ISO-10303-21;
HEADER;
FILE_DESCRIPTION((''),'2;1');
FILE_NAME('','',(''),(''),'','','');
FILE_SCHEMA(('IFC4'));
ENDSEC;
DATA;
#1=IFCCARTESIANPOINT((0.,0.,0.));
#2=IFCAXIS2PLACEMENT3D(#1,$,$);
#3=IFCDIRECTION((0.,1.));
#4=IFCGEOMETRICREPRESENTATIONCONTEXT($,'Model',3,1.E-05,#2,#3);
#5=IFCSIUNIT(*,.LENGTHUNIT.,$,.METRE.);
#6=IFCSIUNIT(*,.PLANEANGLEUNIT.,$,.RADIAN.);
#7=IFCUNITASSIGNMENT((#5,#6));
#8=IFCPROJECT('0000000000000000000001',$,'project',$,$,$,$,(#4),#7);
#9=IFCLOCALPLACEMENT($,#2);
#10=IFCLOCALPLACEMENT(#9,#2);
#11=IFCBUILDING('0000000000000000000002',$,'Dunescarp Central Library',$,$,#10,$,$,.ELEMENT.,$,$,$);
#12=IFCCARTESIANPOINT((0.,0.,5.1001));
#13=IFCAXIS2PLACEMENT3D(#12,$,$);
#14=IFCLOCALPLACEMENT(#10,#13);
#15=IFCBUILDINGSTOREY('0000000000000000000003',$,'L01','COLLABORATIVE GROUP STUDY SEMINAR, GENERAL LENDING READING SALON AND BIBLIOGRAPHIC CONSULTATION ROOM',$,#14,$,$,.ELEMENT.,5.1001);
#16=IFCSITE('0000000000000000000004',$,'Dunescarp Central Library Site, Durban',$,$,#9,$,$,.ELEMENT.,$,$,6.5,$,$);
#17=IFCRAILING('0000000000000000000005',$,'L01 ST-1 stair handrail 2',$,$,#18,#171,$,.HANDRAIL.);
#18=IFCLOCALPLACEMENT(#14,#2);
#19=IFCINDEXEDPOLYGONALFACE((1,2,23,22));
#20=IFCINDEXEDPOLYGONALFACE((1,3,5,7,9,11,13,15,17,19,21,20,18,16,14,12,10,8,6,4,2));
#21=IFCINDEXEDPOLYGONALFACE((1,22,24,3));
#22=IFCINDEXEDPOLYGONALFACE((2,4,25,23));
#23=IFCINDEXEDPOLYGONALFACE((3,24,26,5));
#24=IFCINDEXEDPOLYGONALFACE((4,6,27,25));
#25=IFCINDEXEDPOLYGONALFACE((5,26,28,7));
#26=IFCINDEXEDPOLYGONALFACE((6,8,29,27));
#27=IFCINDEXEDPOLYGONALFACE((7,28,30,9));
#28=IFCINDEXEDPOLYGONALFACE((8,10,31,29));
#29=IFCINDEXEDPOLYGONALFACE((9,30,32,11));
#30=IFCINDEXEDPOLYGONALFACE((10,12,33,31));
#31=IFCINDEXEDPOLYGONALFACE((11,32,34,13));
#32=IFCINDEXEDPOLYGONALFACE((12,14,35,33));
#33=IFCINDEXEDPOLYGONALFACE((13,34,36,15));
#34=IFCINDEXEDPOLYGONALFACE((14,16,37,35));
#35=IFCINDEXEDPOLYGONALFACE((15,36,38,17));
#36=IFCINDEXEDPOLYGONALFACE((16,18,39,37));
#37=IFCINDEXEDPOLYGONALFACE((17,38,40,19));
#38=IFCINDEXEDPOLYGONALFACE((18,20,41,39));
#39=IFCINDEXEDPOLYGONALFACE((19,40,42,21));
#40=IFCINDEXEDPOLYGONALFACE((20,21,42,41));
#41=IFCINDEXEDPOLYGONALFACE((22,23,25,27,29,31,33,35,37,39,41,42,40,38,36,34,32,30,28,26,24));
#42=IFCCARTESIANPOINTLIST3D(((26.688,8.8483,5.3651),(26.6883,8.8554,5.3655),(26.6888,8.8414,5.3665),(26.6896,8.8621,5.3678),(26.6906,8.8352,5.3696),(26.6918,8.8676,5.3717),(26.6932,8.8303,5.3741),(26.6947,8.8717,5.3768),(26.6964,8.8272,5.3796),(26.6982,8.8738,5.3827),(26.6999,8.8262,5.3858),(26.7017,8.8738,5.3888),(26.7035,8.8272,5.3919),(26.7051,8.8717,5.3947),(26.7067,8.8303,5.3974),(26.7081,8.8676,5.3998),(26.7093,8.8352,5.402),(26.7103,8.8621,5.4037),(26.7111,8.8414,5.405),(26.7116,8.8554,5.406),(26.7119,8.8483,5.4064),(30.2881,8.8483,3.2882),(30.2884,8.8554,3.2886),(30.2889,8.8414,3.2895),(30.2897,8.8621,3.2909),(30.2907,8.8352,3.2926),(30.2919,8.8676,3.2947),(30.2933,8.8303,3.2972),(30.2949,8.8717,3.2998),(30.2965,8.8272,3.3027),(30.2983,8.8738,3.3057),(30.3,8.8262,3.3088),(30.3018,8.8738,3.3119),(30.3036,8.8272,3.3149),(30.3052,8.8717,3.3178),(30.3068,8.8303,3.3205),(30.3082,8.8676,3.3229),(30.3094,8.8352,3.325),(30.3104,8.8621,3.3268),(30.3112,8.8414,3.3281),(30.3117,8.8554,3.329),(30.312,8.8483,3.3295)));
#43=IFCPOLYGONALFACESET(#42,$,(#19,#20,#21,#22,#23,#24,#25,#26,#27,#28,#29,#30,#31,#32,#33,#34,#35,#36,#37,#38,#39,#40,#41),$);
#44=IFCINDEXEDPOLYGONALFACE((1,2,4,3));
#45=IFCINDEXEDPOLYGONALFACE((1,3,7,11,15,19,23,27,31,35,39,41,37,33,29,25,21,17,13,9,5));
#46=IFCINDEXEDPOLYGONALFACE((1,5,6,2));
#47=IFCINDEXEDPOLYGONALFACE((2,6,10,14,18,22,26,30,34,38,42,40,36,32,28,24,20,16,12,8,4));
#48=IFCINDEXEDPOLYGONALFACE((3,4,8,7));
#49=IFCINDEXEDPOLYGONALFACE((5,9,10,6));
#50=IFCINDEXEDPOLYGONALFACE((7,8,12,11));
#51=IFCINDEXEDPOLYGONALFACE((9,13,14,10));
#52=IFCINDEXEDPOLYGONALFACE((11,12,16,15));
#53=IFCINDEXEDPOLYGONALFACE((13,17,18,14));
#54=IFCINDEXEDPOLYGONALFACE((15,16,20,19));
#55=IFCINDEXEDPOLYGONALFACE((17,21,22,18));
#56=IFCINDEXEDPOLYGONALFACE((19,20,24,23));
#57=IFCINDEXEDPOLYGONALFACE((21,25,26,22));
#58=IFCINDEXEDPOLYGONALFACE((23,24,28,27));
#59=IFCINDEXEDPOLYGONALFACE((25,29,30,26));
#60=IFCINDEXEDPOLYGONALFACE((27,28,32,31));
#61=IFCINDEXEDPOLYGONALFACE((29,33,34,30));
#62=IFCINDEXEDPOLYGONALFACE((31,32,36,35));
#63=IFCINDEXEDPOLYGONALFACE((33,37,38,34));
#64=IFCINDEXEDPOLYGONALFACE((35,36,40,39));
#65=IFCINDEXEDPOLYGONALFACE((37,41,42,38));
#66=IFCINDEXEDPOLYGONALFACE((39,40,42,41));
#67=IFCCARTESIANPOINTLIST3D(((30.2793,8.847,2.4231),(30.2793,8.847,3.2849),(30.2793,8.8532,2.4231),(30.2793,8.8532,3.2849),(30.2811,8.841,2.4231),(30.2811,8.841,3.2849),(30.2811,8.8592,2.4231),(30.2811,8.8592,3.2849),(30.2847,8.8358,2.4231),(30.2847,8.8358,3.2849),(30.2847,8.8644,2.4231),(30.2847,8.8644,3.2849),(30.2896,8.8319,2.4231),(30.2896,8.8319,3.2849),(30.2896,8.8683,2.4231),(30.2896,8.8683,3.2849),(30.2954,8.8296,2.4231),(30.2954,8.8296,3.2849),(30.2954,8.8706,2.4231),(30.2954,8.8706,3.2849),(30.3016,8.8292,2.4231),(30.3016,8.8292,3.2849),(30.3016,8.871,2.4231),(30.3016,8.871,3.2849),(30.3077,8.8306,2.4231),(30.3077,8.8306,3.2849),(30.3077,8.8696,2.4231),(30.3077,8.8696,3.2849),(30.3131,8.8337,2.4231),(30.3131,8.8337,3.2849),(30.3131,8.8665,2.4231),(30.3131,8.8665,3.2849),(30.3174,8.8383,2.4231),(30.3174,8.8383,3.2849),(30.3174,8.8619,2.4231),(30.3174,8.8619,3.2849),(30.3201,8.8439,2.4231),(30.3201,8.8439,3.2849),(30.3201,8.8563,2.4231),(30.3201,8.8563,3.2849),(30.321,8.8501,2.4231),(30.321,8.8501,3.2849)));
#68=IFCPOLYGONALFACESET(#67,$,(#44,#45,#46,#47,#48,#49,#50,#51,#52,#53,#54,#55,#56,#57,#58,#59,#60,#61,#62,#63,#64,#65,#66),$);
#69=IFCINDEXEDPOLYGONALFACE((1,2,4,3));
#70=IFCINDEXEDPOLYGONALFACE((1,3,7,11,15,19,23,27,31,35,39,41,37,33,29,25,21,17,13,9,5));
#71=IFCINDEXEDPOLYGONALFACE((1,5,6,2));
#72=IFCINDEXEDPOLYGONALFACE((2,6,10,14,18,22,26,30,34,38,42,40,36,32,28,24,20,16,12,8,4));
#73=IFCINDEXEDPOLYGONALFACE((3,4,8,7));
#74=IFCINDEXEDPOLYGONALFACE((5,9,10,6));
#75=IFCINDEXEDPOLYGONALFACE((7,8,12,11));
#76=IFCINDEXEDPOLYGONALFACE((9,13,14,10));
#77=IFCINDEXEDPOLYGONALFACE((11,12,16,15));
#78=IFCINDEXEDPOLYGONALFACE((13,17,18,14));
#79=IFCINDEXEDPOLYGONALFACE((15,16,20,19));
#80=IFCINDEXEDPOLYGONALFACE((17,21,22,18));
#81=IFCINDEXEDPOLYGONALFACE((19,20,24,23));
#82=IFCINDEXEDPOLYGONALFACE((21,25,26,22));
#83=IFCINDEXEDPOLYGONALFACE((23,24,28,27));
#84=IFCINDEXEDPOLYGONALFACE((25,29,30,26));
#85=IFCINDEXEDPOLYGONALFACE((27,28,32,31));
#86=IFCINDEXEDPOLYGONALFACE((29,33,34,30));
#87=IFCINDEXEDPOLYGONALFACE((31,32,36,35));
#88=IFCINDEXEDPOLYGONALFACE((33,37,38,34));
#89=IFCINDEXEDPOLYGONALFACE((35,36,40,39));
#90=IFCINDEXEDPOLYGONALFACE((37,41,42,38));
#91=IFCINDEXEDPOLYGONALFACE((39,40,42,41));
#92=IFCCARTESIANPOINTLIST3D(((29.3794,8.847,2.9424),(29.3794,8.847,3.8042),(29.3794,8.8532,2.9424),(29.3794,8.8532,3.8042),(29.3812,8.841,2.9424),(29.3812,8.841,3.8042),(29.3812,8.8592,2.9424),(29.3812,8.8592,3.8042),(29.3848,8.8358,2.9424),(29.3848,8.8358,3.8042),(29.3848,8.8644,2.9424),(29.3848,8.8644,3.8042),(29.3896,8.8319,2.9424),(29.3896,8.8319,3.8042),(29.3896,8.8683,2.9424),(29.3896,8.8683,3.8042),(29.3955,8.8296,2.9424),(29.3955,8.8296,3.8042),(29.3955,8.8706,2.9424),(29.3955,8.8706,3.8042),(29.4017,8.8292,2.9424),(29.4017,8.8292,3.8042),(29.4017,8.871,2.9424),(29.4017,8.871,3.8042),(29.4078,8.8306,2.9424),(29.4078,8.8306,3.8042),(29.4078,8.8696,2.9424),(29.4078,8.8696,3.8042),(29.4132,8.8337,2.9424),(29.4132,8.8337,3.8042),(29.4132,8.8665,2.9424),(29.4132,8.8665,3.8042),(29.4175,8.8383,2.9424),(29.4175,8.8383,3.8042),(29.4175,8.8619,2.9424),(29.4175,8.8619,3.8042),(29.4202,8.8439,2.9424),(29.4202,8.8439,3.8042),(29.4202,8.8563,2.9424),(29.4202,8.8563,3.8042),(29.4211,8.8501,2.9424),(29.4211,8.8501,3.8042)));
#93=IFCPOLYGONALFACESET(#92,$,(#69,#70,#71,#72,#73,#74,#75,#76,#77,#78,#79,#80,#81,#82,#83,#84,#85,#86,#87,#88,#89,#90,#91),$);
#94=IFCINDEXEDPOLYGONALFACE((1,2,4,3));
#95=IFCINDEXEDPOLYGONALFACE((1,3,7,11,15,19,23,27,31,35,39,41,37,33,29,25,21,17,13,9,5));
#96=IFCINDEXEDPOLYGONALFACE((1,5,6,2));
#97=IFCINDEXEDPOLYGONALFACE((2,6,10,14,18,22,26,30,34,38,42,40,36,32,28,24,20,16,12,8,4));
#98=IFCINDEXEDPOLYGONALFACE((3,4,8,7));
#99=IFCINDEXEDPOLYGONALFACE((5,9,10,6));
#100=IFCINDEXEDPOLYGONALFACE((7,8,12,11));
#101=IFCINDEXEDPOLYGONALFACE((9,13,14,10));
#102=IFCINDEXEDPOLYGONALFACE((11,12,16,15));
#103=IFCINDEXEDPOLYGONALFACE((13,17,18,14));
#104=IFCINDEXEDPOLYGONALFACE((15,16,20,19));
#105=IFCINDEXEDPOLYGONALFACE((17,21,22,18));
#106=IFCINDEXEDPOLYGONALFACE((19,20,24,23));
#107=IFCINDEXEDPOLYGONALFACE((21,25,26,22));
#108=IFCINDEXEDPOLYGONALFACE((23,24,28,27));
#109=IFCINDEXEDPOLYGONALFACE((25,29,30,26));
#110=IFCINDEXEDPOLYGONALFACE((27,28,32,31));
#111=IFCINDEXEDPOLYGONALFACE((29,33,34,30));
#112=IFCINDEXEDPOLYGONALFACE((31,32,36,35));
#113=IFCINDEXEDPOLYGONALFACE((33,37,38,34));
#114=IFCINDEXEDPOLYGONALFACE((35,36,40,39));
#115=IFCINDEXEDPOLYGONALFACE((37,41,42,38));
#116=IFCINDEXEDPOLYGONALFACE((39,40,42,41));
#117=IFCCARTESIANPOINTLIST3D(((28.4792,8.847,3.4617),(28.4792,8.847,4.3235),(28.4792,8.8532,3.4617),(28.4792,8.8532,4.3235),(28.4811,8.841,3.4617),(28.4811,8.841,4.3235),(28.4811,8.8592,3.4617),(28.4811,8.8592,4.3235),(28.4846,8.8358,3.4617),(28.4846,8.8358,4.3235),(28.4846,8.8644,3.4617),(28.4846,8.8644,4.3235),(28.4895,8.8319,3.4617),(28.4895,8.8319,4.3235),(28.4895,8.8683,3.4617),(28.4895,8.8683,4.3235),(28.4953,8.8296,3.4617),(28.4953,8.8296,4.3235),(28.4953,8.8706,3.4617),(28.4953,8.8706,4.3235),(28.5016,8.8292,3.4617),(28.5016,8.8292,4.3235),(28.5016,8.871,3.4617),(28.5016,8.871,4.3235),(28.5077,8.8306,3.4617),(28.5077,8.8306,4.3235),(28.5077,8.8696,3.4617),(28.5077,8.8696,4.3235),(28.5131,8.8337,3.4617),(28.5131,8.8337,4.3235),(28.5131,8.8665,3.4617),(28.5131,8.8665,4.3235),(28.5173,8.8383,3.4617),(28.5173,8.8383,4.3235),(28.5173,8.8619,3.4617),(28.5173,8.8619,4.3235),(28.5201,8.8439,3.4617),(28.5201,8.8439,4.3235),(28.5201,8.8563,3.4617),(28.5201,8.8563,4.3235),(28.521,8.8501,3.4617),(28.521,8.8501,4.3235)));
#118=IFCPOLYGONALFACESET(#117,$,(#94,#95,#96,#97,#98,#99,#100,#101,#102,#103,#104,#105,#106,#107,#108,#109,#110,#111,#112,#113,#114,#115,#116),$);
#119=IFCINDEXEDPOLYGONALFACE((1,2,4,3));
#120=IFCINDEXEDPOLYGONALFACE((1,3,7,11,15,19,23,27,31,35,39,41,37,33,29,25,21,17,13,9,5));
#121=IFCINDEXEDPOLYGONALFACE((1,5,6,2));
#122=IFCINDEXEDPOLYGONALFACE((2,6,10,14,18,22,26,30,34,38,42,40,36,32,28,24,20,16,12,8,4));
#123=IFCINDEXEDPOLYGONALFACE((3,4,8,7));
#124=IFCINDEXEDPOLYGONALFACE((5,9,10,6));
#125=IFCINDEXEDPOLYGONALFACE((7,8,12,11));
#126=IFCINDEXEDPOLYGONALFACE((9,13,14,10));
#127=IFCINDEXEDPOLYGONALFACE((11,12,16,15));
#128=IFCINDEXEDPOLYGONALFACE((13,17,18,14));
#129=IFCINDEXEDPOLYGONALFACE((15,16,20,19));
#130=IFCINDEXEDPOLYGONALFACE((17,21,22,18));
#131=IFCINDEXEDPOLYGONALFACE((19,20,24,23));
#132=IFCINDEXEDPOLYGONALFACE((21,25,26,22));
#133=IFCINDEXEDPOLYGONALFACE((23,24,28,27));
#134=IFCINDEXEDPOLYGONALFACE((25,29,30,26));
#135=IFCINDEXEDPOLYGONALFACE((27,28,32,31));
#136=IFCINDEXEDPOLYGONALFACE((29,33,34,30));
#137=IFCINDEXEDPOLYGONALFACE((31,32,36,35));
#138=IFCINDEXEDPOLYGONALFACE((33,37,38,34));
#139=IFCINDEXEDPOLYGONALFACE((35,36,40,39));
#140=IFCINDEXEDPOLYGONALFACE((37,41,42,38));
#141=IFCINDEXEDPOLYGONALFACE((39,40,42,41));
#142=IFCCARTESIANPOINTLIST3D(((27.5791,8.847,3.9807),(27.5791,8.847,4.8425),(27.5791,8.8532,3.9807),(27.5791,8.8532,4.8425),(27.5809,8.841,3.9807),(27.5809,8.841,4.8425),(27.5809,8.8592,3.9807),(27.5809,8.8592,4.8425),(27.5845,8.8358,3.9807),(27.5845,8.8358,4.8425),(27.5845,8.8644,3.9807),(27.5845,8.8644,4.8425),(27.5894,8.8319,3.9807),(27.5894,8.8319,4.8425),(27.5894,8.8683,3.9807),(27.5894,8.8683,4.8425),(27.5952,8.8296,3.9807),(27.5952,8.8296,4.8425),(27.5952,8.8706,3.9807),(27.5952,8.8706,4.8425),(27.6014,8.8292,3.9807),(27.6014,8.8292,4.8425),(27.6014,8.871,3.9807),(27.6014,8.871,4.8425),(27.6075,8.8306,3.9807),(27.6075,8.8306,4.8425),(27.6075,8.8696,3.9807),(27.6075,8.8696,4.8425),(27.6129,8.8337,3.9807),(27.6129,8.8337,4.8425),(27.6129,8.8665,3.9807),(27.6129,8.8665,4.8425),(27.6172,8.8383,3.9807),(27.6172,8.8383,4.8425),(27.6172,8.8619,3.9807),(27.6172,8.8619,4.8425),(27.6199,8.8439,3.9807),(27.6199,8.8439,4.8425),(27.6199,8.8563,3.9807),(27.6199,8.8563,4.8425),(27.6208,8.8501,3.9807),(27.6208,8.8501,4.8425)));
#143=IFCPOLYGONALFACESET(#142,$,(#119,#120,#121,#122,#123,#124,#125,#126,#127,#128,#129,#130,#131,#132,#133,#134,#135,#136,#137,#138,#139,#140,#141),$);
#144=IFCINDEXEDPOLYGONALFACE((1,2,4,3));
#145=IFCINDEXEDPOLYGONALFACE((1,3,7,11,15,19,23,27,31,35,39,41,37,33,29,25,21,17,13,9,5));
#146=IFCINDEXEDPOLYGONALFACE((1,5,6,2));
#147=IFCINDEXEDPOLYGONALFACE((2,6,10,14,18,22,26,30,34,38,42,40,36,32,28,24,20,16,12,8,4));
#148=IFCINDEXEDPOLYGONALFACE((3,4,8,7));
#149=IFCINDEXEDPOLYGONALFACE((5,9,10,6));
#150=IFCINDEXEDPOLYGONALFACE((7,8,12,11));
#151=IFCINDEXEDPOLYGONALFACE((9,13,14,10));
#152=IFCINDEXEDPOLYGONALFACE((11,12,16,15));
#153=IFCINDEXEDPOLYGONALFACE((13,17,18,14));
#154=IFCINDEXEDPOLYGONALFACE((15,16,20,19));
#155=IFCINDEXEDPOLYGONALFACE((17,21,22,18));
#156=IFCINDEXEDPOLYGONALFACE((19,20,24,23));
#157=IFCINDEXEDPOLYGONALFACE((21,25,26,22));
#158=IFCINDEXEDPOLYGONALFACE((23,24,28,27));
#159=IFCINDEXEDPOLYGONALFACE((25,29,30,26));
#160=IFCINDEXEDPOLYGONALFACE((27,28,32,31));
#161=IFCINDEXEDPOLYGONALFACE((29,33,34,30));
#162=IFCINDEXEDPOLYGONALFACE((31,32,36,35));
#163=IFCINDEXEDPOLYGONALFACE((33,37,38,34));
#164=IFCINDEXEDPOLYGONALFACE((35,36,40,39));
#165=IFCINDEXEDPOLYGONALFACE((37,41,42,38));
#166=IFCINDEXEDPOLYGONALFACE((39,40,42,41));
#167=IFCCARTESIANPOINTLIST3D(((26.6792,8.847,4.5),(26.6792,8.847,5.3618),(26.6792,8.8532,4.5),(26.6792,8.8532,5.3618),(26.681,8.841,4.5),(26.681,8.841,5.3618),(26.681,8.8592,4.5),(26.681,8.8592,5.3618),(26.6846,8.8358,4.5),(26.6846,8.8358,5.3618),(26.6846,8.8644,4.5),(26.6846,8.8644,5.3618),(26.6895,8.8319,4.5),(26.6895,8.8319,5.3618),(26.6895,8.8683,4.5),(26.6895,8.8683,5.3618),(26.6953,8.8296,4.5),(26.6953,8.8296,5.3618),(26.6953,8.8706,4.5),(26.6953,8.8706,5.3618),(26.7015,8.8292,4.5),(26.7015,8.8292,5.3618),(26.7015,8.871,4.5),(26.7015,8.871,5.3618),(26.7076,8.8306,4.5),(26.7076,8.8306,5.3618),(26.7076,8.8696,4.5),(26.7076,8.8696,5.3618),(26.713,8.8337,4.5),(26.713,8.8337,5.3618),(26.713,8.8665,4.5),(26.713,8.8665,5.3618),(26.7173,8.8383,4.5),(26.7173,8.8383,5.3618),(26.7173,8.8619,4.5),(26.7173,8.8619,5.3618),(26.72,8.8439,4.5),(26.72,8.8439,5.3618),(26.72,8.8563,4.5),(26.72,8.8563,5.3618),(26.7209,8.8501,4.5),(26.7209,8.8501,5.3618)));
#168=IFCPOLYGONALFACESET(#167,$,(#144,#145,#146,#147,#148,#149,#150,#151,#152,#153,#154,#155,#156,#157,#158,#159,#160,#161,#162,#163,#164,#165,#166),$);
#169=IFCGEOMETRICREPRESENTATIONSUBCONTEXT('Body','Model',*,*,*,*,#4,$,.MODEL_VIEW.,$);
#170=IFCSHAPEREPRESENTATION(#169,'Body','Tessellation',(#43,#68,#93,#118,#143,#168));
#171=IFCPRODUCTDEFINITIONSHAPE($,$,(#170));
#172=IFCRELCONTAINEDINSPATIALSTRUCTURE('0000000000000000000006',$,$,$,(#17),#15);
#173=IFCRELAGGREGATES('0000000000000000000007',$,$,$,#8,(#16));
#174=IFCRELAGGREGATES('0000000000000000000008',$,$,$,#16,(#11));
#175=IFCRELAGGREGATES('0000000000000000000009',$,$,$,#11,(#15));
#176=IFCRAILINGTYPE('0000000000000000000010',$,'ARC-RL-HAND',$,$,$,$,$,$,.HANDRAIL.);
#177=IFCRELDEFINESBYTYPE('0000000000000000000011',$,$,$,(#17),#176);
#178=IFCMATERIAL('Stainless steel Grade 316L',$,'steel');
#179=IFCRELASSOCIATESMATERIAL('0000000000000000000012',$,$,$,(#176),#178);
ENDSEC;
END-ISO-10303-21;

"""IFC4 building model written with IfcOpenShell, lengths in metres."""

from ifc_helpers import new_model, si_unit, direction, frame, origin, origin_2d, place, context, subcontext, project, spatial, circle, extrude, material, type_object, element, save


model = new_model("IFC4")

# Units and contexts
model_context = context("Model", 3, precision=1e-05, world=origin(), true_north=direction((0.0, 1.0)))
body_context = subcontext(model_context, "Body", "Model", "MODEL_VIEW")
ifc_project = project(units=[si_unit("LENGTHUNIT", "METRE"), si_unit("PLANEANGLEUNIT", "RADIAN")], contexts=[model_context])

# Site, building, storey
site_placement = place(None, origin())
site = spatial("IfcSite", under=ifc_project, at=site_placement, Name="Dunescarp Central Library Site, Durban", CompositionType="ELEMENT", RefElevation=6.5)
building_placement = place(site_placement, origin())
building = spatial("IfcBuilding", under=site, at=building_placement, Name="Dunescarp Central Library", CompositionType="ELEMENT")
storey_placement = place(building_placement, frame((0.0, 0.0, 5.1001)))
storey = spatial("IfcBuildingStorey", under=building, at=storey_placement, Name="L01", Description="COLLABORATIVE GROUP STUDY SEMINAR, GENERAL LENDING READING SALON AND BIBLIOGRAPHIC CONSULTATION ROOM", CompositionType="ELEMENT", Elevation=5.1001)

# Shared definitions
ifc_material_1 = material(Name="Stainless steel Grade 316L", Category="steel")

# Railing
railing_type_1 = type_object("IfcRailingType", Name="ARC-RL-HAND", PredefinedType="HANDRAIL", material=ifc_material_1)
railing_1_placement = place(storey_placement, frame((30.3, 8.8501, 2.4231)))
element("IfcRailing", 1, at=railing_1_placement, inside=storey, type_object=railing_type_1, Name="L01 ST-1 stair handrail 2", PredefinedType="HANDRAIL", context=body_context, shape_type="SweptSolid", body=[
    extrude(circle(Radius=0.0239, at=origin_2d()), frame((0.0, 0.0, 0.8857), z_axis=(-0.866193, 0.0, 0.499709), x_axis=(0.0, -1.0, 0.0)), (0.0, 0.0, 1.0), 4.1562),
    extrude(circle(Radius=0.021, at=origin_2d()), origin(), (0.0, 0.0, 1.0), 0.8618),
    extrude(circle(Radius=0.021, at=origin_2d()), frame((-0.8999, 0.0, 0.5193)), (0.0, 0.0, 1.0), 0.8618),
    extrude(circle(Radius=0.021, at=origin_2d()), frame((-1.8, 0.0, 1.0386)), (0.0, 0.0, 1.0), 0.8618),
    extrude(circle(Radius=0.021, at=origin_2d()), frame((-2.7002, 0.0, 1.5576)), (0.0, 0.0, 1.0), 0.8618),
    extrude(circle(Radius=0.021, at=origin_2d()), frame((-3.6001, 0.0, 2.0769)), (0.0, 0.0, 1.0), 0.8618),
])

save(model, "model.ifc")
